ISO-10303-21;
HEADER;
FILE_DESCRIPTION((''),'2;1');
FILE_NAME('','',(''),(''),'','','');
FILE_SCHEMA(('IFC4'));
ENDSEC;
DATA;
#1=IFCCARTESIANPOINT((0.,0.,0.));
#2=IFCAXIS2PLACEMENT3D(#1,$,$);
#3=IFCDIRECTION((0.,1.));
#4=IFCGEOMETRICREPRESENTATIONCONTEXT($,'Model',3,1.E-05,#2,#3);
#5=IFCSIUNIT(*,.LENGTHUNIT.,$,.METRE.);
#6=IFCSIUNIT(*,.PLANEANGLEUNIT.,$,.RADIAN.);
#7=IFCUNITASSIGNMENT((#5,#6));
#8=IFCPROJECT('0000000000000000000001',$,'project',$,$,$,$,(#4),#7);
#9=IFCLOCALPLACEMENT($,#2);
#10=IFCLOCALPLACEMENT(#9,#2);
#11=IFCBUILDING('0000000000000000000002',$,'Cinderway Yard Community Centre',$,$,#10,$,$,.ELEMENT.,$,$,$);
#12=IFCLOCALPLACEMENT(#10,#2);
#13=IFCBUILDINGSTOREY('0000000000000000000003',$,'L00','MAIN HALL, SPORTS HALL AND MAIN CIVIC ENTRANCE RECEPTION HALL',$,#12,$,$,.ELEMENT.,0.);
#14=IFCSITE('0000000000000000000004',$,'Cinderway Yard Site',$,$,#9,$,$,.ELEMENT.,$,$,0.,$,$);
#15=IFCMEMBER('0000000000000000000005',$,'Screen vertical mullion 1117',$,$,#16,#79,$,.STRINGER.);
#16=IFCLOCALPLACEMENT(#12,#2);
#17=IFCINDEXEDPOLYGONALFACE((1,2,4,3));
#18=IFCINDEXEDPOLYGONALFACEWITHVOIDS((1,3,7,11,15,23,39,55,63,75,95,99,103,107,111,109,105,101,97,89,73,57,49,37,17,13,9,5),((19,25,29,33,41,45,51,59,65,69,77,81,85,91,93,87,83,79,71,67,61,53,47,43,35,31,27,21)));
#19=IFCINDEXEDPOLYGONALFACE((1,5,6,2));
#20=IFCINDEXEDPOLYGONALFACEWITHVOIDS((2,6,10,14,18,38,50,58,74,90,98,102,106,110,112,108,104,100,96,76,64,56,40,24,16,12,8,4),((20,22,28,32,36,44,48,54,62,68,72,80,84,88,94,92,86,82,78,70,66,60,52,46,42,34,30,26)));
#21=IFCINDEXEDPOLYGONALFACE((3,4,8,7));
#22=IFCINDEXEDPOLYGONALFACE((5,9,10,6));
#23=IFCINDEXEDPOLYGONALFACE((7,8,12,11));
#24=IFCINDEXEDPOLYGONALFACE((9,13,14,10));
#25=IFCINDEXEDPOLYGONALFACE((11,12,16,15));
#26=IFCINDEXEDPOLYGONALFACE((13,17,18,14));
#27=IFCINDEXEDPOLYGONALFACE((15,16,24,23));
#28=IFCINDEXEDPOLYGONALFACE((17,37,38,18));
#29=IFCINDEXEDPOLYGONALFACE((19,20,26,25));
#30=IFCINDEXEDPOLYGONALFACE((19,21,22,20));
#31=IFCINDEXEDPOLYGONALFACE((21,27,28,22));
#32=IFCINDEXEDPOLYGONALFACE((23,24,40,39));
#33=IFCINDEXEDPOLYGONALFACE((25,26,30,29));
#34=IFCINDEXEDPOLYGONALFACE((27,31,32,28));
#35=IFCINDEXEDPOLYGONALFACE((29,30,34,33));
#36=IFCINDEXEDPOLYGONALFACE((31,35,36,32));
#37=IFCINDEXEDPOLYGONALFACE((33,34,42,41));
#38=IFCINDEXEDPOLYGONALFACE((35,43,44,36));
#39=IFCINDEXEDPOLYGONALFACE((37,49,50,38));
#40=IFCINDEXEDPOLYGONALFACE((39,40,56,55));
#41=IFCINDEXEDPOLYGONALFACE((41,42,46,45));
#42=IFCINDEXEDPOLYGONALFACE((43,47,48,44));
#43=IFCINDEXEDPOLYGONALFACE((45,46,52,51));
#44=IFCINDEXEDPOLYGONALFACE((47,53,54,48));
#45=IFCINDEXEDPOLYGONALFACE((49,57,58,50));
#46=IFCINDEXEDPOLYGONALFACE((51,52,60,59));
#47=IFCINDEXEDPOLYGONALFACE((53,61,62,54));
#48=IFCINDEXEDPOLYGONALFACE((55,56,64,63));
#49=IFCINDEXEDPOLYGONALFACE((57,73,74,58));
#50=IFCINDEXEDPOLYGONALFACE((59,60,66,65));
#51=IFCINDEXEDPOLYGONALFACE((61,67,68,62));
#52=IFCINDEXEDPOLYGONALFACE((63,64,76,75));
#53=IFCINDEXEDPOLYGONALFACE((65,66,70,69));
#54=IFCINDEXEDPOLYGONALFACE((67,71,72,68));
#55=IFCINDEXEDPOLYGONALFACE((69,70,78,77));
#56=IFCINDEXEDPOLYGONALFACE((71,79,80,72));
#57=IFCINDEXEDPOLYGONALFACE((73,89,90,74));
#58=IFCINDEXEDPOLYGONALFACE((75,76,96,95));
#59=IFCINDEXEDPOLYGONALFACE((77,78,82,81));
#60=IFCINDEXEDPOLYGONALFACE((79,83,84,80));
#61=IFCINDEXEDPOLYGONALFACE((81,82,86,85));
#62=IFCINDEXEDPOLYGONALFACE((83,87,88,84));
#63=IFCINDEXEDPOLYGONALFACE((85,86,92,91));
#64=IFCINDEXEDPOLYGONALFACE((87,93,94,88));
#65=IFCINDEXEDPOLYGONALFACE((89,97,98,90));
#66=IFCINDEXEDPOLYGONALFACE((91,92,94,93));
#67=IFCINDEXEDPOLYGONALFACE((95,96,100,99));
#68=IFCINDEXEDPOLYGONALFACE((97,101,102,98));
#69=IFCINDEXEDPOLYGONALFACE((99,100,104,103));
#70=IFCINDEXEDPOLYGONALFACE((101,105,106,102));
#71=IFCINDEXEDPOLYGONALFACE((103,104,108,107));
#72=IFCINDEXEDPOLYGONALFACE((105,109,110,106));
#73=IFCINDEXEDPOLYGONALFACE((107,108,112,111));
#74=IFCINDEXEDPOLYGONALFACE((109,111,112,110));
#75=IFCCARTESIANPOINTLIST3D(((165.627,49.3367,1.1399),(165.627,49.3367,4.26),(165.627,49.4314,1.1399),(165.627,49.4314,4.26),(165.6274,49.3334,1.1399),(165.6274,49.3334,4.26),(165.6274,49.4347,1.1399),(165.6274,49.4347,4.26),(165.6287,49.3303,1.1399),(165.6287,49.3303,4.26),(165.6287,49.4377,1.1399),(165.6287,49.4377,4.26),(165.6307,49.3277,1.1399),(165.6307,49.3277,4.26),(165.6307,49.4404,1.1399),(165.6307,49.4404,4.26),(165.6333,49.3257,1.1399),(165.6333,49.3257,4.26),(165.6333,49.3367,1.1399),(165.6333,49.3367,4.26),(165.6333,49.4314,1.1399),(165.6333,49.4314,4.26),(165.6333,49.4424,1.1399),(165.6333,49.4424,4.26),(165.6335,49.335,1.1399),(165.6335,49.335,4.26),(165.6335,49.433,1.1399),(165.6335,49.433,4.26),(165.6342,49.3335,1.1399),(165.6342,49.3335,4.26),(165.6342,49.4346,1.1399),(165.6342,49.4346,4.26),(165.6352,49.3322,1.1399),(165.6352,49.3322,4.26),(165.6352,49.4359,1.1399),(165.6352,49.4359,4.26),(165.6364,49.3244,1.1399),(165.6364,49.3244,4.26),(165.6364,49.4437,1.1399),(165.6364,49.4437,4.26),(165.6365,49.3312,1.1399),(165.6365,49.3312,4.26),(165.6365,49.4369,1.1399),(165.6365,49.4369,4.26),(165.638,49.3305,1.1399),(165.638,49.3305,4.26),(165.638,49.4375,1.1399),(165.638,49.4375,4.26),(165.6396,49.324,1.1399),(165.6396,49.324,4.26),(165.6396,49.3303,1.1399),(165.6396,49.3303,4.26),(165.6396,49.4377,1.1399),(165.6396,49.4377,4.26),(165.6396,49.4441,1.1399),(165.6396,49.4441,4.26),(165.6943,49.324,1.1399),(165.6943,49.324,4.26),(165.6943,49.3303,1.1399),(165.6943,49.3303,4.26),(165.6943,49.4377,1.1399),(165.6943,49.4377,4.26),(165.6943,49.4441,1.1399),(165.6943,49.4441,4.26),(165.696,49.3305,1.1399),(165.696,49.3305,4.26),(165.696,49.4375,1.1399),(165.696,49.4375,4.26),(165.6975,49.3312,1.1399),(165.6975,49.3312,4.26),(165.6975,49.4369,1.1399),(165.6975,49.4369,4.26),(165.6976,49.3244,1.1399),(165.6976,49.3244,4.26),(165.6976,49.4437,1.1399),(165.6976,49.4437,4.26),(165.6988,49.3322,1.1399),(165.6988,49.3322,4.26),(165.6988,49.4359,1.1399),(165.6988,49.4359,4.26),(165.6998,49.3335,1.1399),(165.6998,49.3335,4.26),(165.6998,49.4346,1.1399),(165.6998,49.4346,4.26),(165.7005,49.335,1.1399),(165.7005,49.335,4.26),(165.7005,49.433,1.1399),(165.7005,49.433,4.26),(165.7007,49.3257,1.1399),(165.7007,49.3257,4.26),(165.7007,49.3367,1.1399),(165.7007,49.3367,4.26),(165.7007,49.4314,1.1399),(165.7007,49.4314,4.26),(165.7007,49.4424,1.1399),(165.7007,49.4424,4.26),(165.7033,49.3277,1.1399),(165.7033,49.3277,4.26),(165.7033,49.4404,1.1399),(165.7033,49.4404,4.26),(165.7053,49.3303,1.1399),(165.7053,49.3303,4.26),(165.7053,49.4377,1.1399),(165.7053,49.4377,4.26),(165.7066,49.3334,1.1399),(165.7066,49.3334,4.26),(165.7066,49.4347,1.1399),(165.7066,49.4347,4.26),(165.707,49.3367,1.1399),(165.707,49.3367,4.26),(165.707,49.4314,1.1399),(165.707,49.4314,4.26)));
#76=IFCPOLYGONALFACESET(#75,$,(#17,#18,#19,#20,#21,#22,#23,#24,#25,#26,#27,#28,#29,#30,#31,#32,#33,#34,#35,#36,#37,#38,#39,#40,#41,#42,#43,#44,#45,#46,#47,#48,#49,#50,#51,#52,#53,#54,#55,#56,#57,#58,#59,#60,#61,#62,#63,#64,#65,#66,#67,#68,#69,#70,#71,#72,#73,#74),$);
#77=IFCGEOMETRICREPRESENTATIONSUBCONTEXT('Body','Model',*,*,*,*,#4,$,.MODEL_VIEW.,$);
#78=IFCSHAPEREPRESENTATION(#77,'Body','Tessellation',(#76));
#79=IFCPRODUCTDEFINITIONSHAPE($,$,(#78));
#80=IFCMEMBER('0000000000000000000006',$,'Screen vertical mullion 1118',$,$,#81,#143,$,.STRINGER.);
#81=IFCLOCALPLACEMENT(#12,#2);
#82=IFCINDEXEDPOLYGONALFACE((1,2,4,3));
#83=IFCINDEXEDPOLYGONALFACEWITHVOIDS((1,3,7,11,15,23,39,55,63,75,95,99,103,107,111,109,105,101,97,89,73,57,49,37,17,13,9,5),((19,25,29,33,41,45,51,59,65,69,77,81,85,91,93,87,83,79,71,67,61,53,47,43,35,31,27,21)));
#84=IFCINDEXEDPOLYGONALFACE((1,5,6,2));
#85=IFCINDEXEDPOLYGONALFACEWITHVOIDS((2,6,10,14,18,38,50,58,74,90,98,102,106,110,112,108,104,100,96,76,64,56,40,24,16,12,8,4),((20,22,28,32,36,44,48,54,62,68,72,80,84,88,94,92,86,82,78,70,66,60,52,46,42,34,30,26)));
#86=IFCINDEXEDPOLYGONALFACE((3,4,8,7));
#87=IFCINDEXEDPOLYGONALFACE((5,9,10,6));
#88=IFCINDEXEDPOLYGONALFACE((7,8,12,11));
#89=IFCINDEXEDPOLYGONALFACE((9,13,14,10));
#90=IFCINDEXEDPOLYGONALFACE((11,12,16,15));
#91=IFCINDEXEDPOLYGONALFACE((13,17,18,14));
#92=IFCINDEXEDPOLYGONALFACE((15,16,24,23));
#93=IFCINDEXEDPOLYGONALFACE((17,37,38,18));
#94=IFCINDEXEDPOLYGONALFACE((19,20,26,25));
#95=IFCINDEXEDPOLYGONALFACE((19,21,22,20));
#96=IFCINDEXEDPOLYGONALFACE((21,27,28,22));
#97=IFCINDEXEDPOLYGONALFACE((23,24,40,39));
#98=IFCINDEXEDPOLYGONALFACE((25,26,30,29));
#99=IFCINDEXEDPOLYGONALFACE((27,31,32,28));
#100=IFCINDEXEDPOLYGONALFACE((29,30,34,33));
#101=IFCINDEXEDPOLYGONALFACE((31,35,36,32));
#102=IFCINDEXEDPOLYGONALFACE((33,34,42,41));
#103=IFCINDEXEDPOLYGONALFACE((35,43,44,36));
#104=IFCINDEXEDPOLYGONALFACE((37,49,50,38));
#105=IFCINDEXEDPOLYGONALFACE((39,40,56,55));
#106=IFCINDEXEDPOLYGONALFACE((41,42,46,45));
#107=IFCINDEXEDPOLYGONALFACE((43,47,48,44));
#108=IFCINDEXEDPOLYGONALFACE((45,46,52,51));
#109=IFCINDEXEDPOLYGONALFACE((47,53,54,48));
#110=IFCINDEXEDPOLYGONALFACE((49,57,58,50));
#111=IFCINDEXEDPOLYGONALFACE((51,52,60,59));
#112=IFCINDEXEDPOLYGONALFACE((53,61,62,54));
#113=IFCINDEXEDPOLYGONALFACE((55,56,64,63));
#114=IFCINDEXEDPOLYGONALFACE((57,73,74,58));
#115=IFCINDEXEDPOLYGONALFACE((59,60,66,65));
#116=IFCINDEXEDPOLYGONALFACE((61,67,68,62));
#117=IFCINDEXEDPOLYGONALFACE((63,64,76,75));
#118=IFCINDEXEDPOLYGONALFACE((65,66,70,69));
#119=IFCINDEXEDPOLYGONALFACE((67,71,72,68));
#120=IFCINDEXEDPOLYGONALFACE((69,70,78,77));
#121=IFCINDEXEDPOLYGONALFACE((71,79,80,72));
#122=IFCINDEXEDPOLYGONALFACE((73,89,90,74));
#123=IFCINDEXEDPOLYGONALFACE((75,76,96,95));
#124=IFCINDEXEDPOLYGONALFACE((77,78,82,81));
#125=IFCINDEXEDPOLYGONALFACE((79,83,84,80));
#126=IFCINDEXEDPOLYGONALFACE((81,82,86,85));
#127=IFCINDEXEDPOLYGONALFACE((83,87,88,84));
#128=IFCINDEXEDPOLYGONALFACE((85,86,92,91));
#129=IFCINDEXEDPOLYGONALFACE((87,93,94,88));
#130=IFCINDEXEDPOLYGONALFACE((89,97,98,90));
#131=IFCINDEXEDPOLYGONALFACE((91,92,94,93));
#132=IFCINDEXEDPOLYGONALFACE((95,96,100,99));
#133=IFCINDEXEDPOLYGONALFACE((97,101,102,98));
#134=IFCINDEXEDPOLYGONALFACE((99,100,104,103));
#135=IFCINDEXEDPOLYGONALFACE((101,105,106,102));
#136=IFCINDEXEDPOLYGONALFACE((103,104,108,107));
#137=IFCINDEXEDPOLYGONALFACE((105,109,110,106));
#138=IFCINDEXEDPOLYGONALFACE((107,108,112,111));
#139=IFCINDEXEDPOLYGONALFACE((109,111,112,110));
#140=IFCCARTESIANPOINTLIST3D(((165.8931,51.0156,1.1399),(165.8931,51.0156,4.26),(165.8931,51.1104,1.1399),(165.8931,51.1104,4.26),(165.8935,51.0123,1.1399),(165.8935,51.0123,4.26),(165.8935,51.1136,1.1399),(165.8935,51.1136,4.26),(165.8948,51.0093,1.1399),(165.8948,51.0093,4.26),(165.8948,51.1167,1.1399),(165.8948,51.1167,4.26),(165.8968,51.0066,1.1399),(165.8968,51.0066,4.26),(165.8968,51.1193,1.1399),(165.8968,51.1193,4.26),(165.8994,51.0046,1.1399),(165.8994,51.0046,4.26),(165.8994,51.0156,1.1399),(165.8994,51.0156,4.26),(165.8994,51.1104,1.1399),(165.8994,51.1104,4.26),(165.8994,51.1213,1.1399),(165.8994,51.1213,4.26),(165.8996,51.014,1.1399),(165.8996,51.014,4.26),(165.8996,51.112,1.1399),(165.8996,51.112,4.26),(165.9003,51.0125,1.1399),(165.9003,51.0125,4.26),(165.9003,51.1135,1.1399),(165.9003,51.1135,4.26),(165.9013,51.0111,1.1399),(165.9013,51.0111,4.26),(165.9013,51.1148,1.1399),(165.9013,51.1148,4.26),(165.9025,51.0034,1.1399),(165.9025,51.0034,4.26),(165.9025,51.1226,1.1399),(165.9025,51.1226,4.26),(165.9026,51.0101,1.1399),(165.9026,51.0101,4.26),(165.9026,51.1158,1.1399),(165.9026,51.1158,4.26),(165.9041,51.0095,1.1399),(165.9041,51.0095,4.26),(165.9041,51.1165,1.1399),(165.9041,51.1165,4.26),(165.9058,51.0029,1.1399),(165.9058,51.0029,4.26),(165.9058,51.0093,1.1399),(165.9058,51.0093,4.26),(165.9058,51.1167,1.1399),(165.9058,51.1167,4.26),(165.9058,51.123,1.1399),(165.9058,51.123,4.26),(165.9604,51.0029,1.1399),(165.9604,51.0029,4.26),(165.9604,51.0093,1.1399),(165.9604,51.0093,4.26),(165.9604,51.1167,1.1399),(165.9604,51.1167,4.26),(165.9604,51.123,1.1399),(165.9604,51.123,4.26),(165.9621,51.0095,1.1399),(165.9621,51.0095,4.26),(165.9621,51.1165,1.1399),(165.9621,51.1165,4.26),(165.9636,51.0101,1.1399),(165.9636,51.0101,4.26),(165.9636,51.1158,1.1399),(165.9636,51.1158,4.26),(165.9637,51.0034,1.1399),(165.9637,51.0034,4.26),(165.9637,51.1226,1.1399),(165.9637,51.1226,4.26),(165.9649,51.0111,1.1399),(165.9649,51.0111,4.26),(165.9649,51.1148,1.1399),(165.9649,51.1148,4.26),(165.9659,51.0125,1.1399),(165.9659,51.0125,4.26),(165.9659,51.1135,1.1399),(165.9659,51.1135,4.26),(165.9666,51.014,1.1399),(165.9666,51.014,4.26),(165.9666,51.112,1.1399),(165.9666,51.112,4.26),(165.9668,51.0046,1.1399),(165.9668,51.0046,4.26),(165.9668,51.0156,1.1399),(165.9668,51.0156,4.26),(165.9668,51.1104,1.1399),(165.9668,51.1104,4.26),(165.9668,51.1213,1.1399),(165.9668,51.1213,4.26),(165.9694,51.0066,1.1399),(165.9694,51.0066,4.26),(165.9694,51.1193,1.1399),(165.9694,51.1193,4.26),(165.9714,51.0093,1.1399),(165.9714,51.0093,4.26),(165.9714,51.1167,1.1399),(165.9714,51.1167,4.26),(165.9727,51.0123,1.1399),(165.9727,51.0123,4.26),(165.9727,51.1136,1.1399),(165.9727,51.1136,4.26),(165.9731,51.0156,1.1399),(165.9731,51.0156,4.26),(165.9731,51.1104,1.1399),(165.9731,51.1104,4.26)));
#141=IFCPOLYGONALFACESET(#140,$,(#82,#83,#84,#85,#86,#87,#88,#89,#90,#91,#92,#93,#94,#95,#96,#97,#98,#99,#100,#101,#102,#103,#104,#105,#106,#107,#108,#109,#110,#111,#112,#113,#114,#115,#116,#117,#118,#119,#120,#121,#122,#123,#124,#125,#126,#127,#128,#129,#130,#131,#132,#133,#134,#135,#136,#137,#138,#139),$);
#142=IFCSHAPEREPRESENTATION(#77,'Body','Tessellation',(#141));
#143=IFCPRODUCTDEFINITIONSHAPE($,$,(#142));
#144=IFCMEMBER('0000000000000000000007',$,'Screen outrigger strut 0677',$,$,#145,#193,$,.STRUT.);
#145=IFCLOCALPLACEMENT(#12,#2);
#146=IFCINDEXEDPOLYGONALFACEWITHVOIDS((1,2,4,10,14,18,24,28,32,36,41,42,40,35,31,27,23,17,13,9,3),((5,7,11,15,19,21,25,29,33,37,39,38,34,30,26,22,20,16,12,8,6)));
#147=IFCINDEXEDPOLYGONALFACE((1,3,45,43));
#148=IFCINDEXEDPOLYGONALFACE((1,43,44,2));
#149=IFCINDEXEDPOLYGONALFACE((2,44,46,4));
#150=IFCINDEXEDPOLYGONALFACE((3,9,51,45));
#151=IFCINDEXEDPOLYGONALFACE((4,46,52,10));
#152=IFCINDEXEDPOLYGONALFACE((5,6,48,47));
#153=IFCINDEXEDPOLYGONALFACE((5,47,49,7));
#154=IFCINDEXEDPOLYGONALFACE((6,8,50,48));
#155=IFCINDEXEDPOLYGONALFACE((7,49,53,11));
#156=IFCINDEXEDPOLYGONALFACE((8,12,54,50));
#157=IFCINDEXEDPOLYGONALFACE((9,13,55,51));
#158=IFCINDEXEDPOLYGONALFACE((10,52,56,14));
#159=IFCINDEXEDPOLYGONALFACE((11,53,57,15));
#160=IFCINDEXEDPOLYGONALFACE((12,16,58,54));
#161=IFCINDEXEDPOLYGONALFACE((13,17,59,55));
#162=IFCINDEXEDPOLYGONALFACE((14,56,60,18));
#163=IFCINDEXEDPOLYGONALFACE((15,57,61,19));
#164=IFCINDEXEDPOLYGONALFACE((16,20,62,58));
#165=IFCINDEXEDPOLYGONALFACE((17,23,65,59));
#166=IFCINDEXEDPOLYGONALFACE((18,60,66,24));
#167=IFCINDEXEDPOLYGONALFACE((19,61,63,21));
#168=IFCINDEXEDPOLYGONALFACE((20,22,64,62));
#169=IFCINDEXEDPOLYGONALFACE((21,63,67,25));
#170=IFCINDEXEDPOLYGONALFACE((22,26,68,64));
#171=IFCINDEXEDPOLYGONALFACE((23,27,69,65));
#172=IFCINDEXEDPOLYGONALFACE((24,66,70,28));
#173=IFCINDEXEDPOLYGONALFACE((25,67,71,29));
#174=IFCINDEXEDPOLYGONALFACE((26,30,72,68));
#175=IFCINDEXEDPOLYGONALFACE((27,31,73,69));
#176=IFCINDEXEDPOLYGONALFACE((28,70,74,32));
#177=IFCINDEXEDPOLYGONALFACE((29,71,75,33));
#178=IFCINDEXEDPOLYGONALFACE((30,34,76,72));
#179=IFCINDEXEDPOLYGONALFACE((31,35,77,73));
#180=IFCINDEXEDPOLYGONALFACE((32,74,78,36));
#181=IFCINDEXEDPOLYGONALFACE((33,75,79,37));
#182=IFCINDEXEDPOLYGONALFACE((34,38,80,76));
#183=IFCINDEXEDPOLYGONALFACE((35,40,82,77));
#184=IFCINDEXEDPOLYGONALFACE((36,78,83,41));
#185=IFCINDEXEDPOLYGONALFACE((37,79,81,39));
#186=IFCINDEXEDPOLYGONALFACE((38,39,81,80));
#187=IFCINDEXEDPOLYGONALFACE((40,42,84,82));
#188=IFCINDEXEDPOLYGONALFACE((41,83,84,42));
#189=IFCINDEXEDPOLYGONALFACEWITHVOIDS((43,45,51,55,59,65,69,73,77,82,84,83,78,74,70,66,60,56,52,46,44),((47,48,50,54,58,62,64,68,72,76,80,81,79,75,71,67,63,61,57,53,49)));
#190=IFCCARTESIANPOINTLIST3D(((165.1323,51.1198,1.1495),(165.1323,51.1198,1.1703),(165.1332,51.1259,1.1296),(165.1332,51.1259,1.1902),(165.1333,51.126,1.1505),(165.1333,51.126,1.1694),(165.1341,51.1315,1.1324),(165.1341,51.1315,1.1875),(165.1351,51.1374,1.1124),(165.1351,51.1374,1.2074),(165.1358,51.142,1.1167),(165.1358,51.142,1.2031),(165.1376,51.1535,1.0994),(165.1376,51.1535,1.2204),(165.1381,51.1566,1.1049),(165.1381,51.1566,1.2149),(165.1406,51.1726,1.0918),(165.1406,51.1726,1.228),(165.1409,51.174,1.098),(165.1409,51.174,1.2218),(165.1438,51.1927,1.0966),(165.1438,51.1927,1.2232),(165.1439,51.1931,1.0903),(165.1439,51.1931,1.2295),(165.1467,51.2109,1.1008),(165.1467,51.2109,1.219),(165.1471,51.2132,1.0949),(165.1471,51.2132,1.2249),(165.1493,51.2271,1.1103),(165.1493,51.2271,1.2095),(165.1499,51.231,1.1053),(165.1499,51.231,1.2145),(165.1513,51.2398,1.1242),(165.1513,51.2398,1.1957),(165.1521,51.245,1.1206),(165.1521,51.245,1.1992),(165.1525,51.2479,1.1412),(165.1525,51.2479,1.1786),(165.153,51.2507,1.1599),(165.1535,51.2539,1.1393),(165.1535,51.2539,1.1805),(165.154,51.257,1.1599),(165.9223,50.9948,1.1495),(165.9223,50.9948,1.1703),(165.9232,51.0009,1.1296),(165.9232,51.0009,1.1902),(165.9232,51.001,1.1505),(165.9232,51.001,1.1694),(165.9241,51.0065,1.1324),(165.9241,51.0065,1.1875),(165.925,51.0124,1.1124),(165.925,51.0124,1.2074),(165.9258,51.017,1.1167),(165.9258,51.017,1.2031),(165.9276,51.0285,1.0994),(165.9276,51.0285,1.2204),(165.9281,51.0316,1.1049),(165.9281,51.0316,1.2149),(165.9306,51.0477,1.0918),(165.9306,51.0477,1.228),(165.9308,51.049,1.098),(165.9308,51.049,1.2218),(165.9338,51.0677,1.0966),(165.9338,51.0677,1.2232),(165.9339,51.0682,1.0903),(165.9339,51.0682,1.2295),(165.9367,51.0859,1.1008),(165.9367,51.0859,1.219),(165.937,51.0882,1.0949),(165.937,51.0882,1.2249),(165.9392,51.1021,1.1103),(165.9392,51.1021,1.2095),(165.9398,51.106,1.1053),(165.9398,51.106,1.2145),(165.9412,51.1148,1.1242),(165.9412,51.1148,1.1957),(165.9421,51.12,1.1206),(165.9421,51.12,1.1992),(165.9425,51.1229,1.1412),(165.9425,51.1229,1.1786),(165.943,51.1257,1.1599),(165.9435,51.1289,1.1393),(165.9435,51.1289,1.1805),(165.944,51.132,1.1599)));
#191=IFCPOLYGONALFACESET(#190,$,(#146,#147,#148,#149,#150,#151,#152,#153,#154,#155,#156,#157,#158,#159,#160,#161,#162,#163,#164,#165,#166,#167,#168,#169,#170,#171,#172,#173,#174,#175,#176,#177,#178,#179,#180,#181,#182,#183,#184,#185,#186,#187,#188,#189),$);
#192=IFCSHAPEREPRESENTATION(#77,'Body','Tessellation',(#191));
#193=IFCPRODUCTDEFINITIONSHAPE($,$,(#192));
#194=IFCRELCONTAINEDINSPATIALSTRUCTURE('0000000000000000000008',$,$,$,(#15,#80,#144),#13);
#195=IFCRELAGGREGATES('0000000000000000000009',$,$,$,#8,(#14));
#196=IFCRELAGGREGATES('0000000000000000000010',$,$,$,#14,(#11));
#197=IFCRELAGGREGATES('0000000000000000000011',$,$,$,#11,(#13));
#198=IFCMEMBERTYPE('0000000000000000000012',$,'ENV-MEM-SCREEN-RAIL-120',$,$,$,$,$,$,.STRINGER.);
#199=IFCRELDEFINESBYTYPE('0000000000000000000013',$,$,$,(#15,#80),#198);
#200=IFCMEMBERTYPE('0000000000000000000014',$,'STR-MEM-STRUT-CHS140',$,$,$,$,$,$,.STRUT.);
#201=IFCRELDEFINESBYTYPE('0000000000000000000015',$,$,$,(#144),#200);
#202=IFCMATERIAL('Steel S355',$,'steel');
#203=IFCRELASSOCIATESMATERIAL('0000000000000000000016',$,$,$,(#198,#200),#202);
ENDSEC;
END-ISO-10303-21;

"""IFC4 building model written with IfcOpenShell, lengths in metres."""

from ifc_helpers import new_model, si_unit, direction, frame, origin, origin_2d, place, context, subcontext, project, spatial, hollow_rectangle, hollow_circle, extrude, material, material_profile, profile_set, type_object, element, save


model = new_model("IFC4")

# Units and contexts
model_context = context("Model", 3, precision=1e-05, world=origin(), true_north=direction((0.0, 1.0)))
body_context = subcontext(model_context, "Body", "Model", "MODEL_VIEW")
ifc_project = project(units=[si_unit("LENGTHUNIT", "METRE"), si_unit("PLANEANGLEUNIT", "RADIAN")], contexts=[model_context])

# Site, building, storey
site_placement = place(None, origin())
site = spatial("IfcSite", under=ifc_project, at=site_placement, Name="Cinderway Yard Site", CompositionType="ELEMENT", RefElevation=0.0)
building_placement = place(site_placement, origin())
building = spatial("IfcBuilding", under=site, at=building_placement, Name="Cinderway Yard Community Centre", CompositionType="ELEMENT")
storey_placement = place(building_placement, origin())
storey = spatial("IfcBuildingStorey", under=building, at=storey_placement, Name="L00", Description="MAIN HALL, SPORTS HALL AND MAIN CIVIC ENTRANCE RECEPTION HALL", CompositionType="ELEMENT", Elevation=0.0)

# Members
ifc_material_1 = material(Name="Steel S355", Category="steel")
ifc_material_profile_1 = material_profile(ifc_material_1, hollow_rectangle(XDim=0.0801, YDim=0.1201, WallThickness=0.0063, InnerFilletRadius=0.0063, OuterFilletRadius=0.0127, at=origin_2d()), Name="Steel S355")
ifc_profile_set_1 = profile_set([ifc_material_profile_1], Name="Steel S355")
member_type_1 = type_object("IfcMemberType", Name="ENV-MEM-SCREEN-RAIL-120", PredefinedType="STRINGER", material=ifc_profile_set_1)
for number, where, z_axis, x_axis, name in (
    (1, (165.667, 49.384, 1.1399), (0.0, 0.0, 1.0), (1.0, 0.0, 0.0), "Screen vertical mullion 1117"),
    (2, (165.9331, 51.063, 1.1399), (0.0, 0.0, 1.0), (1.0, 0.0, 0.0), "Screen vertical mullion 1118"),
):
    element("IfcMember", number, at=place(storey_placement, frame(where, z_axis=z_axis, x_axis=x_axis)), inside=storey, type_object=member_type_1, Name=name, PredefinedType="STRINGER", context=body_context, shape_type="SweptSolid", body=[
        extrude(hollow_rectangle(XDim=0.0801, YDim=0.1201, WallThickness=0.0063, InnerFilletRadius=0.0063, OuterFilletRadius=0.0127, at=origin_2d()), origin(), (0.0, 0.0, 1.0), 3.1201),
    ])
ifc_material_profile_2 = material_profile(ifc_material_1, hollow_circle(Radius=0.0698, WallThickness=0.0063, at=origin_2d()), Name="Steel S355")
ifc_profile_set_2 = profile_set([ifc_material_profile_2], Name="Steel S355")
member_type_2 = type_object("IfcMemberType", Name="STR-MEM-STRUT-CHS140", PredefinedType="STRUT", material=ifc_profile_set_2)
member_1_placement = place(storey_placement, frame((165.1431, 51.188, 1.1599), z_axis=(0.987713, -0.156276, 0.0), x_axis=(0.156276, 0.987713, 0.0)))
element("IfcMember", 3, at=member_1_placement, inside=storey, type_object=member_type_2, Name="Screen outrigger strut 0677", PredefinedType="STRUT", context=body_context, shape_type="SweptSolid", body=[
    extrude(hollow_circle(Radius=0.0698, WallThickness=0.0063, at=origin_2d()), origin(), (0.0, 0.0, 1.0), 0.7998),
])

save(model, "model.ifc")
